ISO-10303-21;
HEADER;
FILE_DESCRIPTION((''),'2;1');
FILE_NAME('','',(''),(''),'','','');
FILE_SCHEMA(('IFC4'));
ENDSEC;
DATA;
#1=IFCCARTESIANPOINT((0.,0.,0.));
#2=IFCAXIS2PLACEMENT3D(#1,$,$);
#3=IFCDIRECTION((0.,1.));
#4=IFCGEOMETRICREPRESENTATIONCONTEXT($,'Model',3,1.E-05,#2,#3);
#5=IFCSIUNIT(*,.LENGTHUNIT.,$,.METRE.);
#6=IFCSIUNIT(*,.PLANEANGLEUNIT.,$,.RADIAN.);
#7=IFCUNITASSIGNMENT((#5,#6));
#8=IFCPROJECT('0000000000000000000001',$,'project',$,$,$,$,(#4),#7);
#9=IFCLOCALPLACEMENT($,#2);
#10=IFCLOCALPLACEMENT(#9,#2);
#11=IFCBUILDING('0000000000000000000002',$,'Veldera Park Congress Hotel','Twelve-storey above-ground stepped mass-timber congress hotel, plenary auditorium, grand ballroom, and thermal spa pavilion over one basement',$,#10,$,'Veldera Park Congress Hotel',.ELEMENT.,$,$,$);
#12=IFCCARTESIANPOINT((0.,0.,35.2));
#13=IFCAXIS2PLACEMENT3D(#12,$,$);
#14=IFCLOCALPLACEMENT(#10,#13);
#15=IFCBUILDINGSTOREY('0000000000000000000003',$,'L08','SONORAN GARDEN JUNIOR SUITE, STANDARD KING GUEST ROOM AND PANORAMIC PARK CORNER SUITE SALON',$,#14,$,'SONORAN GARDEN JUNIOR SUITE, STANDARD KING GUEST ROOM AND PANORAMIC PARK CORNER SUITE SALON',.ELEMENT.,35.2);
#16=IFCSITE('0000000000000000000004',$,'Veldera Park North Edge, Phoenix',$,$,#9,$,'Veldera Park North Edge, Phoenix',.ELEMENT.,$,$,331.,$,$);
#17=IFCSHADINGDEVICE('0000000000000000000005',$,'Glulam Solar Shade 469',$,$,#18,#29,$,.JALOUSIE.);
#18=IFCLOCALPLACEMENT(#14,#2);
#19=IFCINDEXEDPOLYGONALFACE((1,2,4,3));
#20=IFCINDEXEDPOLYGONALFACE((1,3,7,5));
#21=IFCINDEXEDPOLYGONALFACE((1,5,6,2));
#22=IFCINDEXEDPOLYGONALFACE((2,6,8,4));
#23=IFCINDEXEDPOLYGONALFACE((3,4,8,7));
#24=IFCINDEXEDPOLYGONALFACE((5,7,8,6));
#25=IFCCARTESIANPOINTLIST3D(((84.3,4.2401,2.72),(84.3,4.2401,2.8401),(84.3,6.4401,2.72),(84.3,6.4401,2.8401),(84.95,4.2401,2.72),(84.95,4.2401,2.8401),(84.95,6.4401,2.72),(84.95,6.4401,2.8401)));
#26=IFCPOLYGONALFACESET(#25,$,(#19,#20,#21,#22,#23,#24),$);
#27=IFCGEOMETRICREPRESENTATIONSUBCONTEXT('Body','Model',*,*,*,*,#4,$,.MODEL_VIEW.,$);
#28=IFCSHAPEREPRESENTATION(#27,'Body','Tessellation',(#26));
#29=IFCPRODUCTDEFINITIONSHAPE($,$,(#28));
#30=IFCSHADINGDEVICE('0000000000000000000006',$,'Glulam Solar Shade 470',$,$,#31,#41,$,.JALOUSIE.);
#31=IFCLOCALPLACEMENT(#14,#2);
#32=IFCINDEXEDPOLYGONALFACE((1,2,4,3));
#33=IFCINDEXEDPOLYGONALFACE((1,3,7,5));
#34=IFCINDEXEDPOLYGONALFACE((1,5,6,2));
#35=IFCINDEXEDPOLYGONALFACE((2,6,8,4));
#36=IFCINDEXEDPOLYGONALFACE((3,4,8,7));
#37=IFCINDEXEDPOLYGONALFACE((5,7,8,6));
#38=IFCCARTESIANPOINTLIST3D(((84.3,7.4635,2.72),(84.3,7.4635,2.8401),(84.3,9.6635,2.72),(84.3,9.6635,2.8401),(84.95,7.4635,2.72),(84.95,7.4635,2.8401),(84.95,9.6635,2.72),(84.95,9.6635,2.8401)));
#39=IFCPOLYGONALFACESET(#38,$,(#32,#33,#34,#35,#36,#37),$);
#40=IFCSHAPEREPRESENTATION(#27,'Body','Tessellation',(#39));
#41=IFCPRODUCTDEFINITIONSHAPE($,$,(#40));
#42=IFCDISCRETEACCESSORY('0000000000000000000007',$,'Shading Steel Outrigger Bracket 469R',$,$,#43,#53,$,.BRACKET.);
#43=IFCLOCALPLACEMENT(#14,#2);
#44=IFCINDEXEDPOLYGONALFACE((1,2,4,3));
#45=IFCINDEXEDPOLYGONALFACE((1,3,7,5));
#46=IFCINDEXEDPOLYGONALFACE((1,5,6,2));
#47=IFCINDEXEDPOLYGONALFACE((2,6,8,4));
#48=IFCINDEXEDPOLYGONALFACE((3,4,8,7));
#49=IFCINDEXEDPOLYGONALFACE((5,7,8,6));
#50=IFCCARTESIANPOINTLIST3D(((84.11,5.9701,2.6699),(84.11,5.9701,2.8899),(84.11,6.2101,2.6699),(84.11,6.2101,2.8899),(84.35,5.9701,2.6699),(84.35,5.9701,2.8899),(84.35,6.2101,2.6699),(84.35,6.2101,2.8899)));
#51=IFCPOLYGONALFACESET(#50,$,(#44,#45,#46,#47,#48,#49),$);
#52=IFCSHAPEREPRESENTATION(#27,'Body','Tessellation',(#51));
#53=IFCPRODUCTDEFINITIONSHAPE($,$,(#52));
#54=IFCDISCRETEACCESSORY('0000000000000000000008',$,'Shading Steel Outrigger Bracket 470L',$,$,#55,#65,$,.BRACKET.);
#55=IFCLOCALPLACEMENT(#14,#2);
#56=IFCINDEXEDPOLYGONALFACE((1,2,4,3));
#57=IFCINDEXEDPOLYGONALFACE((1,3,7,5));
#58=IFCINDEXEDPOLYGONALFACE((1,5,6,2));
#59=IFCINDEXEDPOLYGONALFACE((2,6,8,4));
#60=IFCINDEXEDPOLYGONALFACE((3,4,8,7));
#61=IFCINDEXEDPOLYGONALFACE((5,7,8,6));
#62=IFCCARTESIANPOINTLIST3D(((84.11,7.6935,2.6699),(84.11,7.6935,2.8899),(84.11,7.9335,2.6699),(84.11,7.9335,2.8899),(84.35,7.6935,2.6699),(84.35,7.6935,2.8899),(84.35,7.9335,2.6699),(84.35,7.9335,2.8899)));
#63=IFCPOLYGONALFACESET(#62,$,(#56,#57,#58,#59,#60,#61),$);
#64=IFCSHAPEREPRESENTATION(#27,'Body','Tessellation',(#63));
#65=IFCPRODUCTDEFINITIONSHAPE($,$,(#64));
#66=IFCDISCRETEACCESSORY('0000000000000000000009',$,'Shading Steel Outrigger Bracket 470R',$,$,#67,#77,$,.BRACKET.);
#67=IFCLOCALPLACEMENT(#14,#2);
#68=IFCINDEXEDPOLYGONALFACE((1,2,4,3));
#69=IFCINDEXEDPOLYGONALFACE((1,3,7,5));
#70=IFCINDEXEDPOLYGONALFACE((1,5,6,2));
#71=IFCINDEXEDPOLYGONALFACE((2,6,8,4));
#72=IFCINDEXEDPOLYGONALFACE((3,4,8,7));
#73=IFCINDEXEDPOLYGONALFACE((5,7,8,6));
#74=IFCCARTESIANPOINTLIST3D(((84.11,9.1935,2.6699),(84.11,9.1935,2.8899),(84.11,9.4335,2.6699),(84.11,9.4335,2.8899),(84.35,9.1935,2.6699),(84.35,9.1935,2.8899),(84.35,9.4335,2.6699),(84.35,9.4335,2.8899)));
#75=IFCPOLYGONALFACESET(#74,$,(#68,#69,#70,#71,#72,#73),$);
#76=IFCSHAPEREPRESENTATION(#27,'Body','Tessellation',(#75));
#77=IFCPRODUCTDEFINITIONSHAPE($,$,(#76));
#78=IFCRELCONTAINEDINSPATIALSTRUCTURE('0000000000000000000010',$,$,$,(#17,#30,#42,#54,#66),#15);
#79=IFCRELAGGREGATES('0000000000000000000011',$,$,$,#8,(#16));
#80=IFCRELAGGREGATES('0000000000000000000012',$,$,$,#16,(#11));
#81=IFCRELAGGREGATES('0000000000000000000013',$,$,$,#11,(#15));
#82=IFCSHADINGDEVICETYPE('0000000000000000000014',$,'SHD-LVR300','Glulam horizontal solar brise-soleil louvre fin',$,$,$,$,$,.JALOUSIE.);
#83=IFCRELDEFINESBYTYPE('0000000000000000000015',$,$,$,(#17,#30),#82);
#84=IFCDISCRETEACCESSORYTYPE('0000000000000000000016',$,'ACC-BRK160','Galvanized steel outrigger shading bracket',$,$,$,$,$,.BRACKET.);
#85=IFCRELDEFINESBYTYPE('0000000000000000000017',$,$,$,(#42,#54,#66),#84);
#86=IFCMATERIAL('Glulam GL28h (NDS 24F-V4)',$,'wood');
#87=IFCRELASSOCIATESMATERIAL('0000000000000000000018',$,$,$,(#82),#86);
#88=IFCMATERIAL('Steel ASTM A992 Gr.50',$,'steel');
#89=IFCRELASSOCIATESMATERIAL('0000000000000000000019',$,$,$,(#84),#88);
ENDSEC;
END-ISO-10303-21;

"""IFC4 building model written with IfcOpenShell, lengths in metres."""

from ifc_helpers import new_model, si_unit, direction, frame, origin, origin_2d, place, context, subcontext, project, spatial, rectangle, extrude, material, type_object, element, save


model = new_model("IFC4")

# Units and contexts
model_context = context("Model", 3, precision=1e-05, world=origin(), true_north=direction((0.0, 1.0)))
body_context = subcontext(model_context, "Body", "Model", "MODEL_VIEW")
ifc_project = project(units=[si_unit("LENGTHUNIT", "METRE"), si_unit("PLANEANGLEUNIT", "RADIAN")], contexts=[model_context])

# Site, building, storey
site_placement = place(None, origin())
site = spatial("IfcSite", under=ifc_project, at=site_placement, Name="Veldera Park North Edge, Phoenix", LongName="Veldera Park North Edge, Phoenix", CompositionType="ELEMENT", RefElevation=331.0)
building_placement = place(site_placement, origin())
building = spatial("IfcBuilding", under=site, at=building_placement, Name="Veldera Park Congress Hotel", Description="Twelve-storey above-ground stepped mass-timber congress hotel, plenary auditorium, grand ballroom, and thermal spa pavilion over one basement", LongName="Veldera Park Congress Hotel", CompositionType="ELEMENT")
storey_placement = place(building_placement, frame((0.0, 0.0, 35.2)))
storey = spatial("IfcBuildingStorey", under=building, at=storey_placement, Name="L08", Description="SONORAN GARDEN JUNIOR SUITE, STANDARD KING GUEST ROOM AND PANORAMIC PARK CORNER SUITE SALON", LongName="SONORAN GARDEN JUNIOR SUITE, STANDARD KING GUEST ROOM AND PANORAMIC PARK CORNER SUITE SALON", CompositionType="ELEMENT", Elevation=35.2)

# Shared definitions
ifc_material_1 = material(Name="Glulam GL28h (NDS 24F-V4)", Category="wood")

# Shading devices
shading_device_type = type_object("IfcShadingDeviceType", Name="SHD-LVR300", Description="Glulam horizontal solar brise-soleil louvre fin", PredefinedType="JALOUSIE", material=ifc_material_1)
for number, where, z_axis, x_axis, name in (
    (1, (84.625, 5.3401, 2.72), (0.0, 0.0, 1.0), (0.0, 1.0, 0.0), "Glulam Solar Shade 469"),
    (2, (84.625, 8.5635, 2.72), (0.0, 0.0, 1.0), (0.0, 1.0, 0.0), "Glulam Solar Shade 470"),
):
    element("IfcShadingDevice", number, at=place(storey_placement, frame(where, z_axis=z_axis, x_axis=x_axis)), inside=storey, type_object=shading_device_type, Name=name, PredefinedType="JALOUSIE", context=body_context, shape_type="SweptSolid", body=[
        extrude(rectangle(XDim=2.2, YDim=0.6499, at=origin_2d()), origin(), (0.0, 0.0, 1.0), 0.1201),
    ])

# Discrete accessories
ifc_material_2 = material(Name="Steel ASTM A992 Gr.50", Category="steel")
discrete_accessory_type = type_object("IfcDiscreteAccessoryType", Name="ACC-BRK160", Description="Galvanized steel outrigger shading bracket", PredefinedType="BRACKET", material=ifc_material_2)
for number, where, z_axis, x_axis, name in (
    (3, (84.23, 6.0901, 2.6699), (0.0, 0.0, 1.0), (0.0, 1.0, 0.0), "Shading Steel Outrigger Bracket 469R"),
    (4, (84.23, 7.8135, 2.6699), (0.0, 0.0, 1.0), (0.0, 1.0, 0.0), "Shading Steel Outrigger Bracket 470L"),
    (5, (84.23, 9.3135, 2.6699), (0.0, 0.0, 1.0), (0.0, 1.0, 0.0), "Shading Steel Outrigger Bracket 470R"),
):
    element("IfcDiscreteAccessory", number, at=place(storey_placement, frame(where, z_axis=z_axis, x_axis=x_axis)), inside=storey, type_object=discrete_accessory_type, Name=name, PredefinedType="BRACKET", context=body_context, shape_type="SweptSolid", body=[
        extrude(rectangle(XDim=0.24, YDim=0.24, at=origin_2d()), origin(), (0.0, 0.0, 1.0), 0.22),
    ])

save(model, "model.ifc")
